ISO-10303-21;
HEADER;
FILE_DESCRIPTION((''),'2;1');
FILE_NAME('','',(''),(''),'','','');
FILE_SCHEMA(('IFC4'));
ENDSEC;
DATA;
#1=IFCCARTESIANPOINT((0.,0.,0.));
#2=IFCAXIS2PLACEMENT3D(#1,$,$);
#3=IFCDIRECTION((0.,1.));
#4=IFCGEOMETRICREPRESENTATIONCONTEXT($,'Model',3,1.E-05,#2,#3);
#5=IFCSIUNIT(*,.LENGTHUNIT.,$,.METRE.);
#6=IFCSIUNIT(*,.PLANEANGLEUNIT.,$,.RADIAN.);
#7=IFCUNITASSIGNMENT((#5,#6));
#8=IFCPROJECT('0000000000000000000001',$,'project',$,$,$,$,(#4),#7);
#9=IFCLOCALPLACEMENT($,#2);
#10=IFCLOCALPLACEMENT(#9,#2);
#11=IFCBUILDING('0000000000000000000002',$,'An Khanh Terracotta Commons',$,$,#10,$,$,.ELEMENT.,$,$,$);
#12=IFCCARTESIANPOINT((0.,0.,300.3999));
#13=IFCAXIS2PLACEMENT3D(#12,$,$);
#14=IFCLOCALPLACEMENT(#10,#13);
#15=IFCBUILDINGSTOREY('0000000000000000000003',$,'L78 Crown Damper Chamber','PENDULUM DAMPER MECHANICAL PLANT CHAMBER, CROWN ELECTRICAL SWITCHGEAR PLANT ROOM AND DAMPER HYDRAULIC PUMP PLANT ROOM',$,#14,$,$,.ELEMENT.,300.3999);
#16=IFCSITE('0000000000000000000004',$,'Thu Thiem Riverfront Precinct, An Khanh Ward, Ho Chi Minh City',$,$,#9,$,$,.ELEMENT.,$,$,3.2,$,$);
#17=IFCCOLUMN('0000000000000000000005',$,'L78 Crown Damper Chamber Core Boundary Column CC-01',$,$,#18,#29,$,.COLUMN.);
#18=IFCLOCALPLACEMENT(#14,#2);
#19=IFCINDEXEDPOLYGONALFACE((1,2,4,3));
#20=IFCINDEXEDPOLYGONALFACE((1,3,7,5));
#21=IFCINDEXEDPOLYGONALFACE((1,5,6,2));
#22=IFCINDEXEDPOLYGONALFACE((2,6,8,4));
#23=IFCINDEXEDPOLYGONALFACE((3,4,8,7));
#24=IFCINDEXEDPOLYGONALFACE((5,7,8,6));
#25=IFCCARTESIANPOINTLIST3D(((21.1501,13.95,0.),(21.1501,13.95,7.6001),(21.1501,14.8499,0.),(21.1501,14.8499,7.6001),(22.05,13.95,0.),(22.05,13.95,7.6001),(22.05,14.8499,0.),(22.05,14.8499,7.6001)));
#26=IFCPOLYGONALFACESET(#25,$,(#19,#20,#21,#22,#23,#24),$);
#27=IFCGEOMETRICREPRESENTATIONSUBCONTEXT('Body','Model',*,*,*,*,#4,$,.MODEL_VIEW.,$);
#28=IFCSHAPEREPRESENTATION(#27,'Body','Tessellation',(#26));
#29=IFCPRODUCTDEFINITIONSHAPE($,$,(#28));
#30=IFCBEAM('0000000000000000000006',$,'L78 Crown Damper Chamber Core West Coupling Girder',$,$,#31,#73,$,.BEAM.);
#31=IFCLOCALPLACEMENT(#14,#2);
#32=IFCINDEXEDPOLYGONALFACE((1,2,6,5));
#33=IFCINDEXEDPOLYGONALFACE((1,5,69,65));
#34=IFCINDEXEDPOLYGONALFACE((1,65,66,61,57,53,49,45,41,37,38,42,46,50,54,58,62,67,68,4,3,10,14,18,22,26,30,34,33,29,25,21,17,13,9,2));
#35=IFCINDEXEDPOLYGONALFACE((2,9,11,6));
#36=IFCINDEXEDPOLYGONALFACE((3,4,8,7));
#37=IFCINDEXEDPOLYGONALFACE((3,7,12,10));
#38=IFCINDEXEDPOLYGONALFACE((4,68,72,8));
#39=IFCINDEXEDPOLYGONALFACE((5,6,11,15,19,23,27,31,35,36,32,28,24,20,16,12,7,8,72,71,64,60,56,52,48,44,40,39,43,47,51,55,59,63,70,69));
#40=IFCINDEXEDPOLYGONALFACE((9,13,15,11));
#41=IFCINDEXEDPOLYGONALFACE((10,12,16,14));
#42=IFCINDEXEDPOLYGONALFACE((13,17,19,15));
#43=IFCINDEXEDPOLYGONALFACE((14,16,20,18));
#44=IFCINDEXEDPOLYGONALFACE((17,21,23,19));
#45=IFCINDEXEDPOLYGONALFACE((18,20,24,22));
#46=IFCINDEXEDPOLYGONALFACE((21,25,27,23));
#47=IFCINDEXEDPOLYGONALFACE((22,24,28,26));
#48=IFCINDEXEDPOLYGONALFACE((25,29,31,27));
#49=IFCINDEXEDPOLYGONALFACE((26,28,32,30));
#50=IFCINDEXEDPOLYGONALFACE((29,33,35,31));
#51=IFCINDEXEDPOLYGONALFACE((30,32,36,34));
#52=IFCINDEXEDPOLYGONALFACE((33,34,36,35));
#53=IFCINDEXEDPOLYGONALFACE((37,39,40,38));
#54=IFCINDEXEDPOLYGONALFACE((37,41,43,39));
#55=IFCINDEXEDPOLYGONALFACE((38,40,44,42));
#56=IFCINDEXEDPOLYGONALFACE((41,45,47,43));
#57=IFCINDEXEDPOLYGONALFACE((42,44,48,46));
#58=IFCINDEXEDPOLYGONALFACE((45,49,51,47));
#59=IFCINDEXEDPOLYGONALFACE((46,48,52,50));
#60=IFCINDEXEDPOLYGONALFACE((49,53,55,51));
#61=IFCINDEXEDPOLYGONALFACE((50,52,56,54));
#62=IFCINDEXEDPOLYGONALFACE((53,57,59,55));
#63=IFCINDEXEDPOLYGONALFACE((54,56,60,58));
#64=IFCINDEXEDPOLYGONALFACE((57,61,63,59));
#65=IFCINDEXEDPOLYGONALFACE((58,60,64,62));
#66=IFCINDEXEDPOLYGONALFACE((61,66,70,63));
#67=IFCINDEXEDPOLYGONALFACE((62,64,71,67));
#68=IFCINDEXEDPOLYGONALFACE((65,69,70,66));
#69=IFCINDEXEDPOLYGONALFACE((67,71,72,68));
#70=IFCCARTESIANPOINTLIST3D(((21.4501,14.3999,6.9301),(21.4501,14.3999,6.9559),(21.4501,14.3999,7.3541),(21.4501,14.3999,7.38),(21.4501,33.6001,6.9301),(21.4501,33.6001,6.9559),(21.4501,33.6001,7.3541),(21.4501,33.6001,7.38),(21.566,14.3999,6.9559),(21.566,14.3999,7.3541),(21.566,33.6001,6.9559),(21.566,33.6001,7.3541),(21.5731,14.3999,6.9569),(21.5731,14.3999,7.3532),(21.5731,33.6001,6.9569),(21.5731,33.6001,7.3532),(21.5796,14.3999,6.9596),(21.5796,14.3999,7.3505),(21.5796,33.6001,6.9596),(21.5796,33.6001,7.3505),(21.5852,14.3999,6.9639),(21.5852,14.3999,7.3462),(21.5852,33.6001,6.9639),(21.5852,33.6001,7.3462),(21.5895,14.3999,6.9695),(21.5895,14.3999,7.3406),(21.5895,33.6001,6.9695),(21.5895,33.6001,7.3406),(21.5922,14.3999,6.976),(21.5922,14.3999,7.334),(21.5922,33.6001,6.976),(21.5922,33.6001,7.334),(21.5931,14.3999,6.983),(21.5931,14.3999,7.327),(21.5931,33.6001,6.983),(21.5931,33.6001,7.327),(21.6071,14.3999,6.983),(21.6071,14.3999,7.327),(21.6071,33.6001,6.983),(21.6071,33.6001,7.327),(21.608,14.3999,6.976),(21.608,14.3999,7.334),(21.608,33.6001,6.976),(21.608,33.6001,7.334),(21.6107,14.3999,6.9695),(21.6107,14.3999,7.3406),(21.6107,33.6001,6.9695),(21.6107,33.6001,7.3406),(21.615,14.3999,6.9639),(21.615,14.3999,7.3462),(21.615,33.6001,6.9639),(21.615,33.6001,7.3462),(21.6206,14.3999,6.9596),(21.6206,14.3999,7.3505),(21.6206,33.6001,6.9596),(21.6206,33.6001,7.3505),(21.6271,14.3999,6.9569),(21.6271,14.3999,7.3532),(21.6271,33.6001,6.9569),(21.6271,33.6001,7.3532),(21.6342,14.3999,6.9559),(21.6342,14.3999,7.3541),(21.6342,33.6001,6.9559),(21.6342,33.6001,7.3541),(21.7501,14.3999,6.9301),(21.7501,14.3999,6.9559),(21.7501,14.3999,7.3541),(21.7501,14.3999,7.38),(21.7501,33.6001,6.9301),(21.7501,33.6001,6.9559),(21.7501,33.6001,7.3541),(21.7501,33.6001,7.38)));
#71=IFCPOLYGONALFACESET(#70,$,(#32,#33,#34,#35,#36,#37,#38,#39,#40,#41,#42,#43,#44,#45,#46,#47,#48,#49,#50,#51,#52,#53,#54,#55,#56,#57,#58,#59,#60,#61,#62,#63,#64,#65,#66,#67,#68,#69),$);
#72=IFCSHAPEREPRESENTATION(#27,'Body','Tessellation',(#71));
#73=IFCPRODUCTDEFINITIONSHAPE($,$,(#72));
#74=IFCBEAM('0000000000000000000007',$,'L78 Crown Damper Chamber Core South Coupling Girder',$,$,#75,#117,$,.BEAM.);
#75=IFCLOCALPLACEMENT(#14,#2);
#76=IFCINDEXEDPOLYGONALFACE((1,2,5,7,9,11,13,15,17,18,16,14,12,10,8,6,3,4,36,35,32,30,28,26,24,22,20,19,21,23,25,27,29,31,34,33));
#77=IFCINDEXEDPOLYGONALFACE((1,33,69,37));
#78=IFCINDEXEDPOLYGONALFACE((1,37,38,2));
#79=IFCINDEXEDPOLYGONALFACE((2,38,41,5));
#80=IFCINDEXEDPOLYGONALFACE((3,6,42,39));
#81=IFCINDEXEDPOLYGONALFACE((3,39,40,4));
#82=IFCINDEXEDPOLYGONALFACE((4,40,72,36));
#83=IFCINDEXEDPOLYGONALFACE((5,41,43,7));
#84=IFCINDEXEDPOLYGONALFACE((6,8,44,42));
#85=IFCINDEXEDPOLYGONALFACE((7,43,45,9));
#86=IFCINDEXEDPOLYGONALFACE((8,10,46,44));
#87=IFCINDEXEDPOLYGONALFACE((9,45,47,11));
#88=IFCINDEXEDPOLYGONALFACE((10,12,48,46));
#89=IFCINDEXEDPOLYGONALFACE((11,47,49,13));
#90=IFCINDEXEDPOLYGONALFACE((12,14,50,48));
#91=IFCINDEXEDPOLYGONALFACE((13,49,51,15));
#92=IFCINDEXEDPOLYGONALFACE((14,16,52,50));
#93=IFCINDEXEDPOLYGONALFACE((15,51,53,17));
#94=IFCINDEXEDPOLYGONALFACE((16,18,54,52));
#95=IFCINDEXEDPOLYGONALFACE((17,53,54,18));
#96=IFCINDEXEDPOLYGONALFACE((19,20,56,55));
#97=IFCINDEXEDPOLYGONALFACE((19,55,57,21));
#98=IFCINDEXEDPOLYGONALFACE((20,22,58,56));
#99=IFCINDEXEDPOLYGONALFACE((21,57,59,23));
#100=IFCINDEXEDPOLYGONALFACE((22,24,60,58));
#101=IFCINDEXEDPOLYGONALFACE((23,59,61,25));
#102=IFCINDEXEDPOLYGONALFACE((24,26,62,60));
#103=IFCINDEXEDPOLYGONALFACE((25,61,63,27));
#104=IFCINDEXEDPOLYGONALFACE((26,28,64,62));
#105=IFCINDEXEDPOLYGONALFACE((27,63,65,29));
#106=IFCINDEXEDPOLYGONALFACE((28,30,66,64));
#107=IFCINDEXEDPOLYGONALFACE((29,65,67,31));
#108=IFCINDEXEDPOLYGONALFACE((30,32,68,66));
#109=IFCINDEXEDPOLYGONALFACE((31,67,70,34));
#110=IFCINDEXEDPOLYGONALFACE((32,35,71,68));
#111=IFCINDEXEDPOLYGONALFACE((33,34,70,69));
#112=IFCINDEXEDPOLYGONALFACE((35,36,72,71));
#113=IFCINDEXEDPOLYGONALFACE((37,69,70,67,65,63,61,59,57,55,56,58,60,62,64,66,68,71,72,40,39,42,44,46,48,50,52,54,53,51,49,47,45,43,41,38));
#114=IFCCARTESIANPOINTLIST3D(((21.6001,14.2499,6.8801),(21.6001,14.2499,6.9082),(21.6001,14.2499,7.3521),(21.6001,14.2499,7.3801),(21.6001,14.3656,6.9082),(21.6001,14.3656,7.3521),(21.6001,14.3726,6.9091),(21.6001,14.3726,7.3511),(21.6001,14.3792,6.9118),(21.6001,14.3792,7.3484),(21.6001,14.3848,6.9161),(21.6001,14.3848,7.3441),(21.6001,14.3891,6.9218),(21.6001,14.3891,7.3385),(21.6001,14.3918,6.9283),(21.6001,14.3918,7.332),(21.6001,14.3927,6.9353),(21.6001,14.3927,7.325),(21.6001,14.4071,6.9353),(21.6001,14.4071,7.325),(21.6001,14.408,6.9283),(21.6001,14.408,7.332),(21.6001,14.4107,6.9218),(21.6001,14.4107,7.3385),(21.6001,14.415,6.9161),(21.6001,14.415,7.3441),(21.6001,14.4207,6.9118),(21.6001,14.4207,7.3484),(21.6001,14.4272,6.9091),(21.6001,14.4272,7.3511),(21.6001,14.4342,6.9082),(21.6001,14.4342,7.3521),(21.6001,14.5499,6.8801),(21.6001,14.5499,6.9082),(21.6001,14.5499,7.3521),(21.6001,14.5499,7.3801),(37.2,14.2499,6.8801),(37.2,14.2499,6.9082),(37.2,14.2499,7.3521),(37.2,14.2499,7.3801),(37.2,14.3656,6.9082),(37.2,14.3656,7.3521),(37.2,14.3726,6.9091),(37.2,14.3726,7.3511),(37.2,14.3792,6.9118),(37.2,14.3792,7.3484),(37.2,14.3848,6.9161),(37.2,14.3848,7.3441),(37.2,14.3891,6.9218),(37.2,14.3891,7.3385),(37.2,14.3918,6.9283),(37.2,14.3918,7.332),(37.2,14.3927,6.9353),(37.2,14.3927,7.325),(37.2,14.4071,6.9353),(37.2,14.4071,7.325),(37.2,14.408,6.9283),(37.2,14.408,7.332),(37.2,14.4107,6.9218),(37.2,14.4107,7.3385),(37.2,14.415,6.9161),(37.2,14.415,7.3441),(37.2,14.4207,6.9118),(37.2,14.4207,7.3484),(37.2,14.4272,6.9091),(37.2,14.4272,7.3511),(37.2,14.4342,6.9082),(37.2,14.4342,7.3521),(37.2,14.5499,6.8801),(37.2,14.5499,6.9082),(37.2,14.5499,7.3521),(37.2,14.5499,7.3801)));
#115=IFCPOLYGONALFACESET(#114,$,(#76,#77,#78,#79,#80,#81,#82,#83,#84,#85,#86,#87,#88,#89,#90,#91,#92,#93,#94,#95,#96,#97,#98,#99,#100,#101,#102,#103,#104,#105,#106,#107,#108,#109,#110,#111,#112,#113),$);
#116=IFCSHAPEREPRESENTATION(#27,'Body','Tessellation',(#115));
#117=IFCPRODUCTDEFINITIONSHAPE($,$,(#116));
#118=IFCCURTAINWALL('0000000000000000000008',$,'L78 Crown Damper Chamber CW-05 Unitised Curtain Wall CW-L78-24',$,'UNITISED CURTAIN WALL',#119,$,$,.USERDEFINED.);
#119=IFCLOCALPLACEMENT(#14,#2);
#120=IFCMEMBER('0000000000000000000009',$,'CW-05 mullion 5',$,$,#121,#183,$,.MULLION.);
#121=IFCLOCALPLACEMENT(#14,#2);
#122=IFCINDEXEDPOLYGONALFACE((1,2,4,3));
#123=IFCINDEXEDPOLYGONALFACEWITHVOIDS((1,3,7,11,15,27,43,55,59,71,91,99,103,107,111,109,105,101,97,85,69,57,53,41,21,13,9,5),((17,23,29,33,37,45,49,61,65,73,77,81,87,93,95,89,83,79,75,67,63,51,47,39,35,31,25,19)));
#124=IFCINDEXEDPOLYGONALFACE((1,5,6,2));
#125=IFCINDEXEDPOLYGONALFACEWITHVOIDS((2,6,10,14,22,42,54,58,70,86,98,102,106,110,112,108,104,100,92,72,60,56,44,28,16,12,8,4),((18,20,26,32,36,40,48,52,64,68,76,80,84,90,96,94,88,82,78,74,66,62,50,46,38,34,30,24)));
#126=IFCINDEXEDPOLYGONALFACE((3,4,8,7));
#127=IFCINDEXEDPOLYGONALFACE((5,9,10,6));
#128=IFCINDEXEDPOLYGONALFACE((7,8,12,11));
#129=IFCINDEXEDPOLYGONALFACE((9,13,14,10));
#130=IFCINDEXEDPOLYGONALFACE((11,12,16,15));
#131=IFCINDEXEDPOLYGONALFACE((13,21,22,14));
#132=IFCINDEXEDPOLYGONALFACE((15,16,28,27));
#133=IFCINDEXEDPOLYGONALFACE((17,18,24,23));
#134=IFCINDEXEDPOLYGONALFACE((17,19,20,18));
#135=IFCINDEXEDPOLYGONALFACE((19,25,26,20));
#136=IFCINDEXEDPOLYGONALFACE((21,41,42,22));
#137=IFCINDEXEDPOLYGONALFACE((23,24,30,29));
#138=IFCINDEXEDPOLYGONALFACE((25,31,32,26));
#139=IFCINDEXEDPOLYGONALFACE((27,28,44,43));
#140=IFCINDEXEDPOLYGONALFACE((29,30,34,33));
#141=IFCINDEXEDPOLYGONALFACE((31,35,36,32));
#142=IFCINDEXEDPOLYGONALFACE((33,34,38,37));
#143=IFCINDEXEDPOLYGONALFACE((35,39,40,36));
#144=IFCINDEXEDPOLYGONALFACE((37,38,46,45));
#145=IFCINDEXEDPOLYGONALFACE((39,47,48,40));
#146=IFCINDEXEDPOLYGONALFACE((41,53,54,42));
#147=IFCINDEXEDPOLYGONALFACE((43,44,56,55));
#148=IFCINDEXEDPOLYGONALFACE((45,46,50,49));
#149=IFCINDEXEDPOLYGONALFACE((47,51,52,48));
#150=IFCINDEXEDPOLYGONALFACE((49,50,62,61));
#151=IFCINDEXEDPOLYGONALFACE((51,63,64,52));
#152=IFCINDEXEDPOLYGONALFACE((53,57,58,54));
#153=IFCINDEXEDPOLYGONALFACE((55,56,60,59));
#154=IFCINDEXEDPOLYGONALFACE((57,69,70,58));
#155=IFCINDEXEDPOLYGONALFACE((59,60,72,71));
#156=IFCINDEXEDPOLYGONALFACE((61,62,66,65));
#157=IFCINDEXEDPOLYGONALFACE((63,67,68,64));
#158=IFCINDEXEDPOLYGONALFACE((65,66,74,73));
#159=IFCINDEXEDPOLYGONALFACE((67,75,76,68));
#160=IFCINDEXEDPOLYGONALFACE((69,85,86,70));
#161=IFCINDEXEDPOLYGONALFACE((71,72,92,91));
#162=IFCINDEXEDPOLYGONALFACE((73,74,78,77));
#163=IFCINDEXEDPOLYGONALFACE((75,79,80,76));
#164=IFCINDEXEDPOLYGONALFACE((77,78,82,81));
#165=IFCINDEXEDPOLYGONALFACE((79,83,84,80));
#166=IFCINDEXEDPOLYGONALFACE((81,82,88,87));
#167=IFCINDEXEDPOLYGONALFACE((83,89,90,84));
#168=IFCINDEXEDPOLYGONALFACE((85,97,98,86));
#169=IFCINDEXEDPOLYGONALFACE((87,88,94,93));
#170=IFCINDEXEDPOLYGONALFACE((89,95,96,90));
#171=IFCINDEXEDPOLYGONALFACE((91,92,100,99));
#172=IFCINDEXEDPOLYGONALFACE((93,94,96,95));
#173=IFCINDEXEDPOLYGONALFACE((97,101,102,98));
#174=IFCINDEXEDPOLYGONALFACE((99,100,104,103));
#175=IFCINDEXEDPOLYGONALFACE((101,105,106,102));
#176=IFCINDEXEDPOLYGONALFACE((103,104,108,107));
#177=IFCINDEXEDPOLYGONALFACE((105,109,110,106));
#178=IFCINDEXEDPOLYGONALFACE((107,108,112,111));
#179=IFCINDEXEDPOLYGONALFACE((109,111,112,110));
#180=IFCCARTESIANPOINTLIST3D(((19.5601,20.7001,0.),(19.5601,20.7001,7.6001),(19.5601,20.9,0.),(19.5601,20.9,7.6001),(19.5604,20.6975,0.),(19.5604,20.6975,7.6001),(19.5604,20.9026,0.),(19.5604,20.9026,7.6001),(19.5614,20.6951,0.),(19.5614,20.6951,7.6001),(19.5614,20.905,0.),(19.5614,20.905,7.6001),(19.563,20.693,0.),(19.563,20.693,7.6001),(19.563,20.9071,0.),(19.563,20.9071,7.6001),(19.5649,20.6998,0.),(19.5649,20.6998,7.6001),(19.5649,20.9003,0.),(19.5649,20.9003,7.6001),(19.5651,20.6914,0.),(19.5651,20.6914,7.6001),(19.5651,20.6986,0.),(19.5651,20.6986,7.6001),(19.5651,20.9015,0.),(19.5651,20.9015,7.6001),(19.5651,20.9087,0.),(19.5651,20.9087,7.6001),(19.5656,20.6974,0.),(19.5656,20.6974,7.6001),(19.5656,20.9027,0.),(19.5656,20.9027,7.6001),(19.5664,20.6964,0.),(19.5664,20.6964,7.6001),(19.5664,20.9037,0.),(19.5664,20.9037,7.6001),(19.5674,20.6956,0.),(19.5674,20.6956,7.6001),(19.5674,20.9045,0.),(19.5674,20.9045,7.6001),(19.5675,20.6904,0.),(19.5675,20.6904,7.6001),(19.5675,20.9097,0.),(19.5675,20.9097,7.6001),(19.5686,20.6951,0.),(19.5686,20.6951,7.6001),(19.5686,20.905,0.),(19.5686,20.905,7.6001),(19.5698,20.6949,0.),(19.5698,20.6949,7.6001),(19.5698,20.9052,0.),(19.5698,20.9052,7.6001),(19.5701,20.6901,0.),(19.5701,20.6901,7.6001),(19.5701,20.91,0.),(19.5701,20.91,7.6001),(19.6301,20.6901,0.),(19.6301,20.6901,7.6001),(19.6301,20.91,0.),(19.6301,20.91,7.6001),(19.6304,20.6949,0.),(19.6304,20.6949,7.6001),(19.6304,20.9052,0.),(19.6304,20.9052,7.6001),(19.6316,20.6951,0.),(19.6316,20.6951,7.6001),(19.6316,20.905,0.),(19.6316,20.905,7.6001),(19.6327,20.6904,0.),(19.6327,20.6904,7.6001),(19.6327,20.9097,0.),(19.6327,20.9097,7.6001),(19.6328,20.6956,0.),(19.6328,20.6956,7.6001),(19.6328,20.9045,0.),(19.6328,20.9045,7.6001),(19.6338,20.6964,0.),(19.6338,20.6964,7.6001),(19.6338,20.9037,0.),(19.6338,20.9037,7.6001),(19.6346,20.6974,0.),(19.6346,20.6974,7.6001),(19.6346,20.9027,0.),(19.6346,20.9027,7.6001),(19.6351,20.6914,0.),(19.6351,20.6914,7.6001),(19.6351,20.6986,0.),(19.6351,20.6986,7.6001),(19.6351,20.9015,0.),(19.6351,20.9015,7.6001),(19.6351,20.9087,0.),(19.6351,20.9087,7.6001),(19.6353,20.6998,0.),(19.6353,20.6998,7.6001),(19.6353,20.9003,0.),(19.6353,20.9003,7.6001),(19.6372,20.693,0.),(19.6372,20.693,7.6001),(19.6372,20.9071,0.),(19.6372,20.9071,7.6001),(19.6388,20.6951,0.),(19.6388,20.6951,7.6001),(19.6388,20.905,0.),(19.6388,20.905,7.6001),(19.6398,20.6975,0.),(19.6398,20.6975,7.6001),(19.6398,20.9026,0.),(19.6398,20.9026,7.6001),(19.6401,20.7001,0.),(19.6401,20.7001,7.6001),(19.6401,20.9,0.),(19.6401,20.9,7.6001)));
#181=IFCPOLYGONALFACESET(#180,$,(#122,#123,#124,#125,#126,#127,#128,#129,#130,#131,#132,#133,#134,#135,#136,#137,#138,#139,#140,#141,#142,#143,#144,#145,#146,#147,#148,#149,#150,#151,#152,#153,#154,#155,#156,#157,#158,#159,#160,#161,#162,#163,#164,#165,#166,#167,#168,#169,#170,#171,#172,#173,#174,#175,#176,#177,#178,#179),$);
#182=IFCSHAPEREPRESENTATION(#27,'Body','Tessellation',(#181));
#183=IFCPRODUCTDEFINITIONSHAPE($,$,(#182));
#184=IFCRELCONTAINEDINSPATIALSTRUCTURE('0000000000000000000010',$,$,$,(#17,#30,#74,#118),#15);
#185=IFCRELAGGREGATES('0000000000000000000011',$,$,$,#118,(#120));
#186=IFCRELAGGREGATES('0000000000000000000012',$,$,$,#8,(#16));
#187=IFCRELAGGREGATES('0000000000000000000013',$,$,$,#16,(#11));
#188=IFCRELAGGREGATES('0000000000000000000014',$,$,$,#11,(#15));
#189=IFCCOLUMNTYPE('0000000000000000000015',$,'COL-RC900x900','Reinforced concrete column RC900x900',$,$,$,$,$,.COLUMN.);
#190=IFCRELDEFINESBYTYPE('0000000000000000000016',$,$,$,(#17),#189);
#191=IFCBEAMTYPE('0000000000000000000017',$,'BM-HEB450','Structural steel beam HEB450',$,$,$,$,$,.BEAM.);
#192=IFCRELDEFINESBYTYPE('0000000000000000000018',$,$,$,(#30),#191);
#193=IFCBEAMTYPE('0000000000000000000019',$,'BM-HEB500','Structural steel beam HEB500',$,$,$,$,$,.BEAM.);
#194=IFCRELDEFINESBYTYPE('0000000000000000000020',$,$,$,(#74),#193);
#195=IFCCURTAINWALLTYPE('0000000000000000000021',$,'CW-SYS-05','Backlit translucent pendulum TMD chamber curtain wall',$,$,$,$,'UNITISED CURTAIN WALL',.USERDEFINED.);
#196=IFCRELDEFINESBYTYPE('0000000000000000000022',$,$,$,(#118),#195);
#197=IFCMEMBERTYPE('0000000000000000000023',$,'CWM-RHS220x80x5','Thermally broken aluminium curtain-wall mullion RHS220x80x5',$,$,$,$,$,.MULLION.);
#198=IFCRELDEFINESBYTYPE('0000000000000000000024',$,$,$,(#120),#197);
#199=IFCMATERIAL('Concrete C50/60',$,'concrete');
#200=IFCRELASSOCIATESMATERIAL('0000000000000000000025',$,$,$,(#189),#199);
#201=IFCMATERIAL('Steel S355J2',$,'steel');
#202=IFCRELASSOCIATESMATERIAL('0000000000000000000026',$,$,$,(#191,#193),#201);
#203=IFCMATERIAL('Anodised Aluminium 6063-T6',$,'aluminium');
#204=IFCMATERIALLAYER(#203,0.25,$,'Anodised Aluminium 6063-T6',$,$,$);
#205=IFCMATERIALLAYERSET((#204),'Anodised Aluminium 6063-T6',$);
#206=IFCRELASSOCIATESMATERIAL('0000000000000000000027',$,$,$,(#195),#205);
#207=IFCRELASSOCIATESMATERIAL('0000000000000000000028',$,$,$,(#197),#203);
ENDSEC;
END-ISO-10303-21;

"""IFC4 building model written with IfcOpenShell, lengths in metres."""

from ifc_helpers import new_model, si_unit, direction, frame, origin, origin_2d, place, context, subcontext, project, spatial, rectangle, hollow_rectangle, i_section, extrude, material, layer, layer_set, material_profile, profile_set, type_object, element, aggregate, save


model = new_model("IFC4")

# Units and contexts
model_context = context("Model", 3, precision=1e-05, world=origin(), true_north=direction((0.0, 1.0)))
body_context = subcontext(model_context, "Body", "Model", "MODEL_VIEW")
ifc_project = project(units=[si_unit("LENGTHUNIT", "METRE"), si_unit("PLANEANGLEUNIT", "RADIAN")], contexts=[model_context])

# Site, building, storey
site_placement = place(None, origin())
site = spatial("IfcSite", under=ifc_project, at=site_placement, Name="Thu Thiem Riverfront Precinct, An Khanh Ward, Ho Chi Minh City", CompositionType="ELEMENT", RefElevation=3.2)
building_placement = place(site_placement, origin())
building = spatial("IfcBuilding", under=site, at=building_placement, Name="An Khanh Terracotta Commons", CompositionType="ELEMENT")
storey_placement = place(building_placement, frame((0.0, 0.0, 300.3999)))
storey = spatial("IfcBuildingStorey", under=building, at=storey_placement, Name="L78 Crown Damper Chamber", Description="PENDULUM DAMPER MECHANICAL PLANT CHAMBER, CROWN ELECTRICAL SWITCHGEAR PLANT ROOM AND DAMPER HYDRAULIC PUMP PLANT ROOM", CompositionType="ELEMENT", Elevation=300.3999)

# Column
ifc_material_1 = material(Name="Concrete C50/60", Category="concrete")
ifc_material_profile_1 = material_profile(ifc_material_1, rectangle(XDim=0.8999, YDim=0.8999, at=origin_2d()), Name="RC900x900")
ifc_profile_set_1 = profile_set([ifc_material_profile_1], Name="Concrete C50/60")
column_type = type_object("IfcColumnType", Name="COL-RC900x900", Description="Reinforced concrete column RC900x900", PredefinedType="COLUMN", material=ifc_profile_set_1)
column_placement = place(storey_placement, frame((21.6001, 14.3999, 0.0), z_axis=(0.0, 0.0, 1.0), x_axis=(1.0, 0.0, 0.0)))
element("IfcColumn", 1, at=column_placement, inside=storey, type_object=column_type, Name="L78 Crown Damper Chamber Core Boundary Column CC-01", PredefinedType="COLUMN", context=body_context, shape_type="SweptSolid", body=[
    extrude(rectangle(XDim=0.8999, YDim=0.8999, at=origin_2d()), origin(), (0.0, 0.0, 1.0), 7.6001),
])

# Beams
ifc_material_2 = material(Name="Steel S355J2", Category="steel")
ifc_material_profile_2 = material_profile(ifc_material_2, i_section(OverallWidth=0.3, OverallDepth=0.45, WebThickness=0.0139, FlangeThickness=0.0259, FilletRadius=0.0271, at=origin_2d()), Name="HEB450")
ifc_profile_set_2 = profile_set([ifc_material_profile_2], Name="Steel S355J2")
beam_type_1 = type_object("IfcBeamType", Name="BM-HEB450", Description="Structural steel beam HEB450", PredefinedType="BEAM", material=ifc_profile_set_2)
beam_1_placement = place(storey_placement, frame((21.6001, 14.3999, 7.155), z_axis=(0.0, 1.0, 0.0), x_axis=(-1.0, 0.0, 0.0)))
element("IfcBeam", 2, at=beam_1_placement, inside=storey, type_object=beam_type_1, Name="L78 Crown Damper Chamber Core West Coupling Girder", PredefinedType="BEAM", context=body_context, shape_type="SweptSolid", body=[
    extrude(i_section(OverallWidth=0.3, OverallDepth=0.45, WebThickness=0.0139, FlangeThickness=0.0259, FilletRadius=0.0271, at=origin_2d()), origin(), (0.0, 0.0, 1.0), 19.2002),
])
ifc_material_profile_3 = material_profile(ifc_material_2, i_section(OverallWidth=0.3, OverallDepth=0.5, WebThickness=0.0144, FlangeThickness=0.0281, FilletRadius=0.0271, at=origin_2d()), Name="HEB500")
ifc_profile_set_3 = profile_set([ifc_material_profile_3], Name="Steel S355J2")
beam_type_2 = type_object("IfcBeamType", Name="BM-HEB500", Description="Structural steel beam HEB500", PredefinedType="BEAM", material=ifc_profile_set_3)
beam_2_placement = place(storey_placement, frame((21.6001, 14.3999, 7.1301), z_axis=(1.0, 0.0, 0.0), x_axis=(0.0, 1.0, 0.0)))
element("IfcBeam", 3, at=beam_2_placement, inside=storey, type_object=beam_type_2, Name="L78 Crown Damper Chamber Core South Coupling Girder", PredefinedType="BEAM", context=body_context, shape_type="SweptSolid", body=[
    extrude(i_section(OverallWidth=0.3, OverallDepth=0.5, WebThickness=0.0144, FlangeThickness=0.0281, FilletRadius=0.0271, at=origin_2d()), origin(), (0.0, 0.0, 1.0), 15.5999),
])

# Curtain wall, member
ifc_material_3 = material(Name="Anodised Aluminium 6063-T6", Category="aluminium")
ifc_layer_1 = layer(ifc_material_3, 0.25, Name="Anodised Aluminium 6063-T6")
ifc_layer_set_1 = layer_set([ifc_layer_1], Name="Anodised Aluminium 6063-T6")
curtain_wall_type = type_object("IfcCurtainWallType", Name="CW-SYS-05", Description="Backlit translucent pendulum TMD chamber curtain wall", ElementType="UNITISED CURTAIN WALL", PredefinedType="USERDEFINED", material=ifc_layer_set_1)
curtain_wall_placement = place(storey_placement, origin())
curtain_wall = element("IfcCurtainWall", 4, at=curtain_wall_placement, inside=storey, type_object=curtain_wall_type, Name="L78 Crown Damper Chamber CW-05 Unitised Curtain Wall CW-L78-24", ObjectType="UNITISED CURTAIN WALL", PredefinedType="USERDEFINED")
ifc_material_profile_4 = material_profile(ifc_material_3, hollow_rectangle(XDim=0.0801, YDim=0.22, WallThickness=0.0049, InnerFilletRadius=0.0049, OuterFilletRadius=0.01, at=origin_2d()), Name="RHS220x80x5")
ifc_profile_set_4 = profile_set([ifc_material_profile_4], Name="Anodised Aluminium 6063-T6")
member_type_1 = type_object("IfcMemberType", Name="CWM-RHS220x80x5", Description="Thermally broken aluminium curtain-wall mullion RHS220x80x5", PredefinedType="MULLION", material=ifc_profile_set_4)
member_1_placement = place(storey_placement, frame((19.6001, 20.8, 0.0), z_axis=(0.0, 0.0, 1.0), x_axis=(1.0, 0.0, 0.0)))
member_1 = element("IfcMember", 5, at=member_1_placement, type_object=member_type_1, Name="CW-05 mullion 5", PredefinedType="MULLION", context=body_context, shape_type="SweptSolid", body=[
    extrude(hollow_rectangle(XDim=0.0801, YDim=0.22, WallThickness=0.0049, InnerFilletRadius=0.0049, OuterFilletRadius=0.01, at=origin_2d()), origin(), (0.0, 0.0, 1.0), 7.6001),
])
aggregate(curtain_wall, [member_1])

save(model, "model.ifc")
